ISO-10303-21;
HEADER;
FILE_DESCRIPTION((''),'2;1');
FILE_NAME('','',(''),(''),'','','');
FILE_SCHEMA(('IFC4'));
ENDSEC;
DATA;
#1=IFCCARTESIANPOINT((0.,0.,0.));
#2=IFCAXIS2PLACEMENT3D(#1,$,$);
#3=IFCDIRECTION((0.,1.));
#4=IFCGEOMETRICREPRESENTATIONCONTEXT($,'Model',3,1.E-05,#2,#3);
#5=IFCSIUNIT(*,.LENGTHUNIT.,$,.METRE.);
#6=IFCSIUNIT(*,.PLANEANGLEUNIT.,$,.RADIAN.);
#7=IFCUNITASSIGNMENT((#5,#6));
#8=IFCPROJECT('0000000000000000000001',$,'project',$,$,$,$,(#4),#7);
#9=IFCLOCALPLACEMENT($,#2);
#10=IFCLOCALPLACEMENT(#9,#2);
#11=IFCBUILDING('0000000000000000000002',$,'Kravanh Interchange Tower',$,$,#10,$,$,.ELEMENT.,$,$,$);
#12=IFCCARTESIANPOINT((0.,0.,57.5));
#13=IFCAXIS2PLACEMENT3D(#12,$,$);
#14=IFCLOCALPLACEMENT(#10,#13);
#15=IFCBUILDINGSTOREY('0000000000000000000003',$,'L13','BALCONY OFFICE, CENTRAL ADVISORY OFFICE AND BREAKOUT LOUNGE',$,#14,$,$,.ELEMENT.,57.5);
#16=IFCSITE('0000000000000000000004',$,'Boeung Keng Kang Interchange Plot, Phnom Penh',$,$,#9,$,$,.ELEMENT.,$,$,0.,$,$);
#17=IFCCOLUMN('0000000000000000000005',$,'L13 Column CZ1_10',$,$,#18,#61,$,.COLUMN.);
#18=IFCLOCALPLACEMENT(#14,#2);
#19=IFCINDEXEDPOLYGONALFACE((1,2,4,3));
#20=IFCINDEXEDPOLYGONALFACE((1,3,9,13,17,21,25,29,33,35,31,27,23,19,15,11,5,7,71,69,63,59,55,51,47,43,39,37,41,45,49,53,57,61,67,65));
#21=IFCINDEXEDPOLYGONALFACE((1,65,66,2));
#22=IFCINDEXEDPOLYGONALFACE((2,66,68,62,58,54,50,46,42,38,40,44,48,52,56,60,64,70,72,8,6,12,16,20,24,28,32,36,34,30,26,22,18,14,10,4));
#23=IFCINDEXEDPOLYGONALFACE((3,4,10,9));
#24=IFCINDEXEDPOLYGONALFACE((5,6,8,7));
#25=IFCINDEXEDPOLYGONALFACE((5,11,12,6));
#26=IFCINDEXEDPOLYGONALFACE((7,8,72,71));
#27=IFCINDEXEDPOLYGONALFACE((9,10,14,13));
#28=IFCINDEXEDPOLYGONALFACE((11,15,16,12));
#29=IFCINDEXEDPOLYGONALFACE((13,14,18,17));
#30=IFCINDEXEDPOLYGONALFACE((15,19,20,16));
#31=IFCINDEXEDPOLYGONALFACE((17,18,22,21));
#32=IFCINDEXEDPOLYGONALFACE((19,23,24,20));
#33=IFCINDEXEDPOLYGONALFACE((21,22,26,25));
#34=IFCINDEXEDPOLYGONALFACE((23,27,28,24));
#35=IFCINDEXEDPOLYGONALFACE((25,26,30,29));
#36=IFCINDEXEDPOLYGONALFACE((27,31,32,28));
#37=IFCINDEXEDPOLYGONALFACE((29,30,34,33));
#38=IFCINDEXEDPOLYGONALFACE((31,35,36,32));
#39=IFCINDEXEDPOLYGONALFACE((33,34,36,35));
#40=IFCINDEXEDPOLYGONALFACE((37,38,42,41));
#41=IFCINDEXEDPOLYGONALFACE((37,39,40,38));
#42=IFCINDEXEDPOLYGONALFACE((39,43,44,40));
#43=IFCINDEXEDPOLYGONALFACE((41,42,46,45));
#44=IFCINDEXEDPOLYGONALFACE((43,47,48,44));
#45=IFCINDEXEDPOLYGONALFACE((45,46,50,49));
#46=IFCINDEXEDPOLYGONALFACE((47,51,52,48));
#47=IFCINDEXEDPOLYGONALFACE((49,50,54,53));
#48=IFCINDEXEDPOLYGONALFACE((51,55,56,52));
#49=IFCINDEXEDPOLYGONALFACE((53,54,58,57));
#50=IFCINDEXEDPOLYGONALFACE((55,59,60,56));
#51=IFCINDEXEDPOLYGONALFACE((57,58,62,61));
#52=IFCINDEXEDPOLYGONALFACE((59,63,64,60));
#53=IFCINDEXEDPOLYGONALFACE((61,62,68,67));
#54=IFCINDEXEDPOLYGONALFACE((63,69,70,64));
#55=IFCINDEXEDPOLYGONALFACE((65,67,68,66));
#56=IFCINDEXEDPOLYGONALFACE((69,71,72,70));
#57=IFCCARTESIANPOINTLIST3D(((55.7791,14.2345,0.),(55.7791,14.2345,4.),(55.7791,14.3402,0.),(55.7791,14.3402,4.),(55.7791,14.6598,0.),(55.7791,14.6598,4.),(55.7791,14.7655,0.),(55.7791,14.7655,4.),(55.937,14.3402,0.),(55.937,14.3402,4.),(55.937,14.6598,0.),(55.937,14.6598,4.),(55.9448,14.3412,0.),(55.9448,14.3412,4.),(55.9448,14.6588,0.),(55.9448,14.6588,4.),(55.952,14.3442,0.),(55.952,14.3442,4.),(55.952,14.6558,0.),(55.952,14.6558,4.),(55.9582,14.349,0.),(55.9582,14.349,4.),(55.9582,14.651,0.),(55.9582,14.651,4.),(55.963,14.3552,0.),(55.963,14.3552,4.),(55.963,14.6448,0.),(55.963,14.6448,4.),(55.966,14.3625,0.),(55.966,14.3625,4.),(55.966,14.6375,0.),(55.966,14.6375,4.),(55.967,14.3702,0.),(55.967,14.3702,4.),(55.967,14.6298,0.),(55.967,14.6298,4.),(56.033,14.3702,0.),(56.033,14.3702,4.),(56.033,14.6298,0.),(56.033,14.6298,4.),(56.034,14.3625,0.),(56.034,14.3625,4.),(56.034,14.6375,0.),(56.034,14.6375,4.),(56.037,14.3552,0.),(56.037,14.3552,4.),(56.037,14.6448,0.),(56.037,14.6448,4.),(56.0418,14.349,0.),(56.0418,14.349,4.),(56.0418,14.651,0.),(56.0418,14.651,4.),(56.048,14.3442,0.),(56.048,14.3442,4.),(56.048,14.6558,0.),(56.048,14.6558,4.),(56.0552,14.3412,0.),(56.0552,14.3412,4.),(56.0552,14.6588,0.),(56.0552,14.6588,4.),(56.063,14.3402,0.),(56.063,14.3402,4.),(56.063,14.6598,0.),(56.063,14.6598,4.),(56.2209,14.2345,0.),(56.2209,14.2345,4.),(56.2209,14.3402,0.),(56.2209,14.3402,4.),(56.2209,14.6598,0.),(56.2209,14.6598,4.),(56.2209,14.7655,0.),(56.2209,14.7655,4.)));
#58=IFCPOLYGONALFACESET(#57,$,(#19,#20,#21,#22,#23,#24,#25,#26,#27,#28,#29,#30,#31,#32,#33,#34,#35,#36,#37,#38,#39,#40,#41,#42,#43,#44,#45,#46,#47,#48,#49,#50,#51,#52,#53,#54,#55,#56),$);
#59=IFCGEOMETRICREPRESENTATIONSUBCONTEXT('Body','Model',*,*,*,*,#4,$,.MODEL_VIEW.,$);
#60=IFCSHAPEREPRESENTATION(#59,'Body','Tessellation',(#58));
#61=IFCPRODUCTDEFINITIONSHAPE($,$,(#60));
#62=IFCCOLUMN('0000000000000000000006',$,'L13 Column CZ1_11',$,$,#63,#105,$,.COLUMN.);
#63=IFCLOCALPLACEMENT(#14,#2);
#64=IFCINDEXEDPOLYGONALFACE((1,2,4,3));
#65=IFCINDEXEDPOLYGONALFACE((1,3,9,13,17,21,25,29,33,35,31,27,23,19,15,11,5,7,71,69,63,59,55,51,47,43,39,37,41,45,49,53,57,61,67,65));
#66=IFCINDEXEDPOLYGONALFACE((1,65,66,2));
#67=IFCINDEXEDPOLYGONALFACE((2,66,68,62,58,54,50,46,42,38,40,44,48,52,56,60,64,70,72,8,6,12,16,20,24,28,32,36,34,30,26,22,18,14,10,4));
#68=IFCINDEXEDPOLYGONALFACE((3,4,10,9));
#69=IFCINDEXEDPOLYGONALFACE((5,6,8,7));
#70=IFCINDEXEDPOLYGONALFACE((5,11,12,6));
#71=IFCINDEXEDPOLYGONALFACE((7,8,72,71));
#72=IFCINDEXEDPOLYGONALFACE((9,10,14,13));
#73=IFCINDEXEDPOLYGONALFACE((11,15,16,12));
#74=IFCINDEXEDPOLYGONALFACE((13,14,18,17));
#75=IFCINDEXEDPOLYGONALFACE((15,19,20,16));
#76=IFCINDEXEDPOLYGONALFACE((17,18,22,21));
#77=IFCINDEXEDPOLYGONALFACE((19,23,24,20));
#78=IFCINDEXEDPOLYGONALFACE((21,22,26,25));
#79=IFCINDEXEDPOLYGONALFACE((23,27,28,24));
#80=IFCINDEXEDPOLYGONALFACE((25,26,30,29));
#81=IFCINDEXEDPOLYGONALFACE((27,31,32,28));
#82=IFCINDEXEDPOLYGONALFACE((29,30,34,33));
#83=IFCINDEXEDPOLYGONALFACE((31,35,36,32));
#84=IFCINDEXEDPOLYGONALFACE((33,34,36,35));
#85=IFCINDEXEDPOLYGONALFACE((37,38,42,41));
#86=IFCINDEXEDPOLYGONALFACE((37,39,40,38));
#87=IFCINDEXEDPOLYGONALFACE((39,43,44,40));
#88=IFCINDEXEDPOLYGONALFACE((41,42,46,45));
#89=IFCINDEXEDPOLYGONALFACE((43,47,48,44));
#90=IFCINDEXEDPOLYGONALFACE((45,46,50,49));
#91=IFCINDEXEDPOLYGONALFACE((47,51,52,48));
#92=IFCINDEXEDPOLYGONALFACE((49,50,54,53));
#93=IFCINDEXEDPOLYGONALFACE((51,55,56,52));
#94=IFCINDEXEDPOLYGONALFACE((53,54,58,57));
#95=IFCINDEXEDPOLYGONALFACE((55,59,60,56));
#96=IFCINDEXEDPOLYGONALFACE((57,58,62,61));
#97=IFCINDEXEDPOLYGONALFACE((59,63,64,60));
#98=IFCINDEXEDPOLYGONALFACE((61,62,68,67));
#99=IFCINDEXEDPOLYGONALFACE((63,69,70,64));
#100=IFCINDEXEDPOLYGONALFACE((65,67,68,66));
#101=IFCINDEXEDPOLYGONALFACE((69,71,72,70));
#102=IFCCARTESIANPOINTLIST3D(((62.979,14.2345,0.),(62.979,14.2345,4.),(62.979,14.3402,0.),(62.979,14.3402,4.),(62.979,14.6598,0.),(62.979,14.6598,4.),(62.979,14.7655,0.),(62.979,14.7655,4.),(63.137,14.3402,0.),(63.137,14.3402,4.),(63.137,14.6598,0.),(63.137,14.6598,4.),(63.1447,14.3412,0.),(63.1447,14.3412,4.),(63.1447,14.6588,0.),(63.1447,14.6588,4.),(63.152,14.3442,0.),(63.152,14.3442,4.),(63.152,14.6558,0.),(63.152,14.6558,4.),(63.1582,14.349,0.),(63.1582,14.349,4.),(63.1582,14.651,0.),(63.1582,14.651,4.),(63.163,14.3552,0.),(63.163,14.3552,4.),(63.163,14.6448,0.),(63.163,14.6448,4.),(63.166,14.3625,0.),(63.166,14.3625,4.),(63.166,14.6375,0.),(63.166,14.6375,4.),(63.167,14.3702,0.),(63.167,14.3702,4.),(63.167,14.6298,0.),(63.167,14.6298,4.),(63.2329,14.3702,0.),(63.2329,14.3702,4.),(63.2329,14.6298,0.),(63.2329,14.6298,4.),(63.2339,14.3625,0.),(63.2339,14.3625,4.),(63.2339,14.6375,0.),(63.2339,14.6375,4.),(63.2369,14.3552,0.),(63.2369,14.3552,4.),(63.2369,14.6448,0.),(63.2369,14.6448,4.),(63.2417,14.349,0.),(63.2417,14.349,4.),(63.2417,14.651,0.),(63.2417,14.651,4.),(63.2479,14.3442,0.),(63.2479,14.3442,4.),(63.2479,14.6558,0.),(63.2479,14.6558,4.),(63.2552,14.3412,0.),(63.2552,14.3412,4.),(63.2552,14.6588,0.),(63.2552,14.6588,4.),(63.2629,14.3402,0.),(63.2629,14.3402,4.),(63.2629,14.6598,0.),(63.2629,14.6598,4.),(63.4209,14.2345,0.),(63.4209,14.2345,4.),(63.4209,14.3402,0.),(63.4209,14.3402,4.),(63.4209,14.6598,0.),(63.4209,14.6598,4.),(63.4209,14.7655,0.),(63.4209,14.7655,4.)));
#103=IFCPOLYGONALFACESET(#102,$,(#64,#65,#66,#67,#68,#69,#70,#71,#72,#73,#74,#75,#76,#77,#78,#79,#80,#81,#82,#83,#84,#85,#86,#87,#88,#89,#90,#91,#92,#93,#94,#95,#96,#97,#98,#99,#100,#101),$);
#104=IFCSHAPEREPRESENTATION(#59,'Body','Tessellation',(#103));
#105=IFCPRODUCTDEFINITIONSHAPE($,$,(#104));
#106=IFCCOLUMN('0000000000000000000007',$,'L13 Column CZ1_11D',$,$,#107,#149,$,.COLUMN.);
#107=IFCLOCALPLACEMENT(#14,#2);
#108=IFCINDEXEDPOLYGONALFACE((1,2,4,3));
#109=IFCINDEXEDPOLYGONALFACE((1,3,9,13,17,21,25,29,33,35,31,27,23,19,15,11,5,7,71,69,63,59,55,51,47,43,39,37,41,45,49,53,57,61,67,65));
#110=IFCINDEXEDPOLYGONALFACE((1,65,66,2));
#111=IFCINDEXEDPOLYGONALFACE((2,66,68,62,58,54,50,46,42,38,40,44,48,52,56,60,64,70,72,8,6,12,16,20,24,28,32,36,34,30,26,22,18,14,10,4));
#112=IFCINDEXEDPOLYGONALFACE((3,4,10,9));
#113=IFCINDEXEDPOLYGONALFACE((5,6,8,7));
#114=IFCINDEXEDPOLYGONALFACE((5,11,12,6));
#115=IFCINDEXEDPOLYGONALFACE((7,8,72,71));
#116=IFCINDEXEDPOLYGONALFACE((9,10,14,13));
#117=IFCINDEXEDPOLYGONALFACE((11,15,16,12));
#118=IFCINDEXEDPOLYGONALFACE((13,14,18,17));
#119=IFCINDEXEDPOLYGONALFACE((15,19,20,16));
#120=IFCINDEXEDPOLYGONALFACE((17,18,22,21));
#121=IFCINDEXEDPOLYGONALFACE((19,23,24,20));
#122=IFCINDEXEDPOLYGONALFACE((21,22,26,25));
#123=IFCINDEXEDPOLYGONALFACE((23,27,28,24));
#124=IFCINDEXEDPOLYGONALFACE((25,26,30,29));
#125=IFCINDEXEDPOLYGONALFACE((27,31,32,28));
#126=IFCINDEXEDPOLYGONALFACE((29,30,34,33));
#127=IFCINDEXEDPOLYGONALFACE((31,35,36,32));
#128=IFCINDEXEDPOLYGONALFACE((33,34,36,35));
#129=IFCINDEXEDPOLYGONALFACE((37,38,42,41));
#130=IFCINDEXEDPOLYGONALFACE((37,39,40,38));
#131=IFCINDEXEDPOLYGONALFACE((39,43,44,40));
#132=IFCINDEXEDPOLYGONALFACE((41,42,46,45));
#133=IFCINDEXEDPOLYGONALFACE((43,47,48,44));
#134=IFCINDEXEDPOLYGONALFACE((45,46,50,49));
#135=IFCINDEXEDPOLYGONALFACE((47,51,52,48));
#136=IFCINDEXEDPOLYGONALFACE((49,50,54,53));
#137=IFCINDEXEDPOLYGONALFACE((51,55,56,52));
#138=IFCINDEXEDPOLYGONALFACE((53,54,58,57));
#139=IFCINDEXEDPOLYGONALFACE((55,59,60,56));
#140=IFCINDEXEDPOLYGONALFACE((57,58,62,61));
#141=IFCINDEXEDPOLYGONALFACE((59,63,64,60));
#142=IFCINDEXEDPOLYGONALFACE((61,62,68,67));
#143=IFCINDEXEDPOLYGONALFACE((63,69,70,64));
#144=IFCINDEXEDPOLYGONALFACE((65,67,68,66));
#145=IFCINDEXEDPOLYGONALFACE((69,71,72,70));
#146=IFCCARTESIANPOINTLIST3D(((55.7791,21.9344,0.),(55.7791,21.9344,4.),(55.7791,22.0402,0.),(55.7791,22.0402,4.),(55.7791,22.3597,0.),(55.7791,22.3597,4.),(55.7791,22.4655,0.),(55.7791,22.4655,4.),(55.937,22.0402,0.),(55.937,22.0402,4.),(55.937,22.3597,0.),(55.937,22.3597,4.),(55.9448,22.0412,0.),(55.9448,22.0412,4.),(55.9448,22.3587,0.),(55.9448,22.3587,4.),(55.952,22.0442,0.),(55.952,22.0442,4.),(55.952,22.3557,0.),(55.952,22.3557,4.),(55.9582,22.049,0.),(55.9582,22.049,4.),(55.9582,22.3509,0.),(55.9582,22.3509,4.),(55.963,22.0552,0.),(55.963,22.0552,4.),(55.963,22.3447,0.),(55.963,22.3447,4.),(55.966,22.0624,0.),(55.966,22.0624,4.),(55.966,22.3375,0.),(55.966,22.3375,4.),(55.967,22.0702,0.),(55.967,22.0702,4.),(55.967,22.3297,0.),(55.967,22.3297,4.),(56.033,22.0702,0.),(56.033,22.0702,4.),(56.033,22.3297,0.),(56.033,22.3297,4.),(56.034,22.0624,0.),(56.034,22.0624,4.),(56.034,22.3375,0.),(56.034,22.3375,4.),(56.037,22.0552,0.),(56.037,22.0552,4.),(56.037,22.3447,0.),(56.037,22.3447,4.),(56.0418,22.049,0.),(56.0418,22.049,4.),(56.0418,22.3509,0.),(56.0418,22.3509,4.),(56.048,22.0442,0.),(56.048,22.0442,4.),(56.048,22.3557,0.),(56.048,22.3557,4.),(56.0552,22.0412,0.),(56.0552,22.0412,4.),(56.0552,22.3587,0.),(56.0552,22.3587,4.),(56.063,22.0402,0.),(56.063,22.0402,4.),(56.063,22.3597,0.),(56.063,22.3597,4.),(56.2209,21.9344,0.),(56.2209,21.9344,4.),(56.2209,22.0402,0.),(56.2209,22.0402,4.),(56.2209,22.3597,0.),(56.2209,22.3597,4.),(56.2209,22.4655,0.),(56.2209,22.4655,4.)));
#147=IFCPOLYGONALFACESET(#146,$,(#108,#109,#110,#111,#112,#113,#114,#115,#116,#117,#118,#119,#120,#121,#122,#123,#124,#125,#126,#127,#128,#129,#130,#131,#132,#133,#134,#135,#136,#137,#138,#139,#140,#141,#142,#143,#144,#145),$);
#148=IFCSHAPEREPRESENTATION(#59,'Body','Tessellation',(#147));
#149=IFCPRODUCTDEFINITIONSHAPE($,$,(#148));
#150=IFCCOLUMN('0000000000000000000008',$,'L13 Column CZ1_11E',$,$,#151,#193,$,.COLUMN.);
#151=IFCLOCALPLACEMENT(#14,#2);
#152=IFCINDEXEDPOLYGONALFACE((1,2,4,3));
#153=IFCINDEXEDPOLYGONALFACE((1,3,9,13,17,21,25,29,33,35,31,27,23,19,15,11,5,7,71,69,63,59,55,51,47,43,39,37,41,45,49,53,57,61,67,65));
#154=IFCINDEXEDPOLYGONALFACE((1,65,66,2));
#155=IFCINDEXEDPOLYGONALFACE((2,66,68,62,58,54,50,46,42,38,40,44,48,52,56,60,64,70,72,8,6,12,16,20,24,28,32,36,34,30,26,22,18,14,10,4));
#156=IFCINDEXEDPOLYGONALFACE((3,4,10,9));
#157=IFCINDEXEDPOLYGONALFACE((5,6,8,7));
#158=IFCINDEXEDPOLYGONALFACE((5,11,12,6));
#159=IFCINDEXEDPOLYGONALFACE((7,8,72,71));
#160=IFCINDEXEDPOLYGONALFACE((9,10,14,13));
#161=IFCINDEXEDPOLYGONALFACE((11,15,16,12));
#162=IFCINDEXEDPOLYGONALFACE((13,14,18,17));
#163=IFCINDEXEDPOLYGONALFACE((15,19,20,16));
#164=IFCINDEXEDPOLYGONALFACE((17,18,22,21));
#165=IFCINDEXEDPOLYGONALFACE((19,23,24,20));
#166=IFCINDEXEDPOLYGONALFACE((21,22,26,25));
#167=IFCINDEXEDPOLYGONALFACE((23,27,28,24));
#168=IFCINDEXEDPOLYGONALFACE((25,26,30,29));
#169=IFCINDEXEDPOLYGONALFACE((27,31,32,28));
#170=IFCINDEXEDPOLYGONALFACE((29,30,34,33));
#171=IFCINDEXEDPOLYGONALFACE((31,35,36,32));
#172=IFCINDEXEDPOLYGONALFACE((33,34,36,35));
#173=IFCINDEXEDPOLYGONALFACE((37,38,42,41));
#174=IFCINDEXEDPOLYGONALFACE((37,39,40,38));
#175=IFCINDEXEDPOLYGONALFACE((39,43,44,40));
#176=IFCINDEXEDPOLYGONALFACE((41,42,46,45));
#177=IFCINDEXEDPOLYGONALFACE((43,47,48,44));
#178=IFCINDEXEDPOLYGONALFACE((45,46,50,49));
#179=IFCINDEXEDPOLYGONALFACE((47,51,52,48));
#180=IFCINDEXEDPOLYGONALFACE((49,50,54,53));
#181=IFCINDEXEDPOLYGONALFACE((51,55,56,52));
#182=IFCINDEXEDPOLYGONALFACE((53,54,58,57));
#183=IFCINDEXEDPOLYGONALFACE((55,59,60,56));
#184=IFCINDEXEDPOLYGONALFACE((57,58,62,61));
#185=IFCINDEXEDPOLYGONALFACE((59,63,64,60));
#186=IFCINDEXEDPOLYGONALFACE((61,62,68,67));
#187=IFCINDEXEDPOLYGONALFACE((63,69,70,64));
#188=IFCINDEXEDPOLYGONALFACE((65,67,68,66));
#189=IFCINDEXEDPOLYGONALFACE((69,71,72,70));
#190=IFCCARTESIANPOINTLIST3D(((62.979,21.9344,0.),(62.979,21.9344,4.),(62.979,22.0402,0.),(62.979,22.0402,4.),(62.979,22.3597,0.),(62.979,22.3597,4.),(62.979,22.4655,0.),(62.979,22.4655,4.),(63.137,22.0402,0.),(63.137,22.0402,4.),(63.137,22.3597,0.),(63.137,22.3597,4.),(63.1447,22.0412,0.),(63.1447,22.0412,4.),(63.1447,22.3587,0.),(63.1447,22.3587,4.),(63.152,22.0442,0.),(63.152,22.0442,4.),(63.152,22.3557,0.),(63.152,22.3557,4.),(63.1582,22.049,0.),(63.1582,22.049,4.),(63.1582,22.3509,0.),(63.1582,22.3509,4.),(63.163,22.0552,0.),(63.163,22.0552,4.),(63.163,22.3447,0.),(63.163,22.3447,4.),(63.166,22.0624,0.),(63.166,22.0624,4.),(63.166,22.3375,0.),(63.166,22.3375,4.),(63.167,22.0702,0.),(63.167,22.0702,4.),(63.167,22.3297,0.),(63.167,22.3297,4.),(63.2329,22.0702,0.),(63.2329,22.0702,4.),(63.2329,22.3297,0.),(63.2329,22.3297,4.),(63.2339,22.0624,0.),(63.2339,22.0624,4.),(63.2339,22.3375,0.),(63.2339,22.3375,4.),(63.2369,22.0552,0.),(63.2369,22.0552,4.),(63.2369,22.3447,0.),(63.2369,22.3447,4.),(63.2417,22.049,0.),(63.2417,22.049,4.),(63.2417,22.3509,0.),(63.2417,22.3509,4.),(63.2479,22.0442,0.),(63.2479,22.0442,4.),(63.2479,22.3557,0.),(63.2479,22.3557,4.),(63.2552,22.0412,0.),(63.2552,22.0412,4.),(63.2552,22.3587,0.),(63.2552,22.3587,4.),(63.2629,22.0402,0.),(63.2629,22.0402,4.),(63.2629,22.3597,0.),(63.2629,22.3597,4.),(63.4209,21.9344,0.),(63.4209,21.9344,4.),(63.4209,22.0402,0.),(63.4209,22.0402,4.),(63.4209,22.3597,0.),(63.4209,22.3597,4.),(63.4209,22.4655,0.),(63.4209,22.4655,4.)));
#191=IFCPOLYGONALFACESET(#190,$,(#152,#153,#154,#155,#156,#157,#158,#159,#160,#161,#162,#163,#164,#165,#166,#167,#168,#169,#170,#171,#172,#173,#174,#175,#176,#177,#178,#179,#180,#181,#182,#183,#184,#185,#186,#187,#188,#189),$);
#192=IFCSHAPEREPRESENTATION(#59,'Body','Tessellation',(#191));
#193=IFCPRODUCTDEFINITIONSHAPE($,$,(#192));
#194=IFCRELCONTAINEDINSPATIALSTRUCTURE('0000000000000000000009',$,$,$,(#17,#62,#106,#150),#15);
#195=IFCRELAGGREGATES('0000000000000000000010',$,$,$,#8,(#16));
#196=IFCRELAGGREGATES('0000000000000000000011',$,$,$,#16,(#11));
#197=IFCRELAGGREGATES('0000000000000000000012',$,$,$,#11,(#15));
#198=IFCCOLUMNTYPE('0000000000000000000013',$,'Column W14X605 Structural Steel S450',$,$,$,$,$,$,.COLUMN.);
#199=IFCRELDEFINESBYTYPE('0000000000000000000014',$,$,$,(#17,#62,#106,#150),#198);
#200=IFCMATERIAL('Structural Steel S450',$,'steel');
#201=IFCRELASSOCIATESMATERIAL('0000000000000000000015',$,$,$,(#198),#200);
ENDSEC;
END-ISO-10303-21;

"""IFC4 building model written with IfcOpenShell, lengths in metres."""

from ifc_helpers import new_model, si_unit, direction, frame, origin, origin_2d, place, context, subcontext, project, spatial, i_section, extrude, material, material_profile, profile_set, type_object, element, save


model = new_model("IFC4")

# Units and contexts
model_context = context("Model", 3, precision=1e-05, world=origin(), true_north=direction((0.0, 1.0)))
body_context = subcontext(model_context, "Body", "Model", "MODEL_VIEW")
ifc_project = project(units=[si_unit("LENGTHUNIT", "METRE"), si_unit("PLANEANGLEUNIT", "RADIAN")], contexts=[model_context])

# Site, building, storey
site_placement = place(None, origin())
site = spatial("IfcSite", under=ifc_project, at=site_placement, Name="Boeung Keng Kang Interchange Plot, Phnom Penh", CompositionType="ELEMENT", RefElevation=0.0)
building_placement = place(site_placement, origin())
building = spatial("IfcBuilding", under=site, at=building_placement, Name="Kravanh Interchange Tower", CompositionType="ELEMENT")
storey_placement = place(building_placement, frame((0.0, 0.0, 57.5)))
storey = spatial("IfcBuildingStorey", under=building, at=storey_placement, Name="L13", Description="BALCONY OFFICE, CENTRAL ADVISORY OFFICE AND BREAKOUT LOUNGE", CompositionType="ELEMENT", Elevation=57.5)

# Columns
ifc_material_1 = material(Name="Structural Steel S450", Category="steel")
ifc_material_profile_1 = material_profile(ifc_material_1, i_section(OverallWidth=0.4419, OverallDepth=0.531, WebThickness=0.0659, FlangeThickness=0.1057, FilletRadius=0.03, at=origin_2d()), Name="W14X605")
ifc_profile_set_1 = profile_set([ifc_material_profile_1], Name="Structural Steel S450")
column_type = type_object("IfcColumnType", Name="Column W14X605 Structural Steel S450", PredefinedType="COLUMN", material=ifc_profile_set_1)
for number, where, z_axis, x_axis, name in (
    (1, (56.0, 14.5, 0.0), (0.0, 0.0, 1.0), (1.0, 0.0, 0.0), "L13 Column CZ1_10"),
    (2, (63.2, 14.5, 0.0), (0.0, 0.0, 1.0), (1.0, 0.0, 0.0), "L13 Column CZ1_11"),
    (3, (56.0, 22.2, 0.0), (0.0, 0.0, 1.0), (1.0, 0.0, 0.0), "L13 Column CZ1_11D"),
    (4, (63.2, 22.2, 0.0), (0.0, 0.0, 1.0), (1.0, 0.0, 0.0), "L13 Column CZ1_11E"),
):
    element("IfcColumn", number, at=place(storey_placement, frame(where, z_axis=z_axis, x_axis=x_axis)), inside=storey, type_object=column_type, Name=name, PredefinedType="COLUMN", context=body_context, shape_type="SweptSolid", body=[
        extrude(i_section(OverallWidth=0.4419, OverallDepth=0.531, WebThickness=0.0659, FlangeThickness=0.1057, FilletRadius=0.03, at=origin_2d()), origin(), (0.0, 0.0, 1.0), 4.0),
    ])

save(model, "model.ifc")
